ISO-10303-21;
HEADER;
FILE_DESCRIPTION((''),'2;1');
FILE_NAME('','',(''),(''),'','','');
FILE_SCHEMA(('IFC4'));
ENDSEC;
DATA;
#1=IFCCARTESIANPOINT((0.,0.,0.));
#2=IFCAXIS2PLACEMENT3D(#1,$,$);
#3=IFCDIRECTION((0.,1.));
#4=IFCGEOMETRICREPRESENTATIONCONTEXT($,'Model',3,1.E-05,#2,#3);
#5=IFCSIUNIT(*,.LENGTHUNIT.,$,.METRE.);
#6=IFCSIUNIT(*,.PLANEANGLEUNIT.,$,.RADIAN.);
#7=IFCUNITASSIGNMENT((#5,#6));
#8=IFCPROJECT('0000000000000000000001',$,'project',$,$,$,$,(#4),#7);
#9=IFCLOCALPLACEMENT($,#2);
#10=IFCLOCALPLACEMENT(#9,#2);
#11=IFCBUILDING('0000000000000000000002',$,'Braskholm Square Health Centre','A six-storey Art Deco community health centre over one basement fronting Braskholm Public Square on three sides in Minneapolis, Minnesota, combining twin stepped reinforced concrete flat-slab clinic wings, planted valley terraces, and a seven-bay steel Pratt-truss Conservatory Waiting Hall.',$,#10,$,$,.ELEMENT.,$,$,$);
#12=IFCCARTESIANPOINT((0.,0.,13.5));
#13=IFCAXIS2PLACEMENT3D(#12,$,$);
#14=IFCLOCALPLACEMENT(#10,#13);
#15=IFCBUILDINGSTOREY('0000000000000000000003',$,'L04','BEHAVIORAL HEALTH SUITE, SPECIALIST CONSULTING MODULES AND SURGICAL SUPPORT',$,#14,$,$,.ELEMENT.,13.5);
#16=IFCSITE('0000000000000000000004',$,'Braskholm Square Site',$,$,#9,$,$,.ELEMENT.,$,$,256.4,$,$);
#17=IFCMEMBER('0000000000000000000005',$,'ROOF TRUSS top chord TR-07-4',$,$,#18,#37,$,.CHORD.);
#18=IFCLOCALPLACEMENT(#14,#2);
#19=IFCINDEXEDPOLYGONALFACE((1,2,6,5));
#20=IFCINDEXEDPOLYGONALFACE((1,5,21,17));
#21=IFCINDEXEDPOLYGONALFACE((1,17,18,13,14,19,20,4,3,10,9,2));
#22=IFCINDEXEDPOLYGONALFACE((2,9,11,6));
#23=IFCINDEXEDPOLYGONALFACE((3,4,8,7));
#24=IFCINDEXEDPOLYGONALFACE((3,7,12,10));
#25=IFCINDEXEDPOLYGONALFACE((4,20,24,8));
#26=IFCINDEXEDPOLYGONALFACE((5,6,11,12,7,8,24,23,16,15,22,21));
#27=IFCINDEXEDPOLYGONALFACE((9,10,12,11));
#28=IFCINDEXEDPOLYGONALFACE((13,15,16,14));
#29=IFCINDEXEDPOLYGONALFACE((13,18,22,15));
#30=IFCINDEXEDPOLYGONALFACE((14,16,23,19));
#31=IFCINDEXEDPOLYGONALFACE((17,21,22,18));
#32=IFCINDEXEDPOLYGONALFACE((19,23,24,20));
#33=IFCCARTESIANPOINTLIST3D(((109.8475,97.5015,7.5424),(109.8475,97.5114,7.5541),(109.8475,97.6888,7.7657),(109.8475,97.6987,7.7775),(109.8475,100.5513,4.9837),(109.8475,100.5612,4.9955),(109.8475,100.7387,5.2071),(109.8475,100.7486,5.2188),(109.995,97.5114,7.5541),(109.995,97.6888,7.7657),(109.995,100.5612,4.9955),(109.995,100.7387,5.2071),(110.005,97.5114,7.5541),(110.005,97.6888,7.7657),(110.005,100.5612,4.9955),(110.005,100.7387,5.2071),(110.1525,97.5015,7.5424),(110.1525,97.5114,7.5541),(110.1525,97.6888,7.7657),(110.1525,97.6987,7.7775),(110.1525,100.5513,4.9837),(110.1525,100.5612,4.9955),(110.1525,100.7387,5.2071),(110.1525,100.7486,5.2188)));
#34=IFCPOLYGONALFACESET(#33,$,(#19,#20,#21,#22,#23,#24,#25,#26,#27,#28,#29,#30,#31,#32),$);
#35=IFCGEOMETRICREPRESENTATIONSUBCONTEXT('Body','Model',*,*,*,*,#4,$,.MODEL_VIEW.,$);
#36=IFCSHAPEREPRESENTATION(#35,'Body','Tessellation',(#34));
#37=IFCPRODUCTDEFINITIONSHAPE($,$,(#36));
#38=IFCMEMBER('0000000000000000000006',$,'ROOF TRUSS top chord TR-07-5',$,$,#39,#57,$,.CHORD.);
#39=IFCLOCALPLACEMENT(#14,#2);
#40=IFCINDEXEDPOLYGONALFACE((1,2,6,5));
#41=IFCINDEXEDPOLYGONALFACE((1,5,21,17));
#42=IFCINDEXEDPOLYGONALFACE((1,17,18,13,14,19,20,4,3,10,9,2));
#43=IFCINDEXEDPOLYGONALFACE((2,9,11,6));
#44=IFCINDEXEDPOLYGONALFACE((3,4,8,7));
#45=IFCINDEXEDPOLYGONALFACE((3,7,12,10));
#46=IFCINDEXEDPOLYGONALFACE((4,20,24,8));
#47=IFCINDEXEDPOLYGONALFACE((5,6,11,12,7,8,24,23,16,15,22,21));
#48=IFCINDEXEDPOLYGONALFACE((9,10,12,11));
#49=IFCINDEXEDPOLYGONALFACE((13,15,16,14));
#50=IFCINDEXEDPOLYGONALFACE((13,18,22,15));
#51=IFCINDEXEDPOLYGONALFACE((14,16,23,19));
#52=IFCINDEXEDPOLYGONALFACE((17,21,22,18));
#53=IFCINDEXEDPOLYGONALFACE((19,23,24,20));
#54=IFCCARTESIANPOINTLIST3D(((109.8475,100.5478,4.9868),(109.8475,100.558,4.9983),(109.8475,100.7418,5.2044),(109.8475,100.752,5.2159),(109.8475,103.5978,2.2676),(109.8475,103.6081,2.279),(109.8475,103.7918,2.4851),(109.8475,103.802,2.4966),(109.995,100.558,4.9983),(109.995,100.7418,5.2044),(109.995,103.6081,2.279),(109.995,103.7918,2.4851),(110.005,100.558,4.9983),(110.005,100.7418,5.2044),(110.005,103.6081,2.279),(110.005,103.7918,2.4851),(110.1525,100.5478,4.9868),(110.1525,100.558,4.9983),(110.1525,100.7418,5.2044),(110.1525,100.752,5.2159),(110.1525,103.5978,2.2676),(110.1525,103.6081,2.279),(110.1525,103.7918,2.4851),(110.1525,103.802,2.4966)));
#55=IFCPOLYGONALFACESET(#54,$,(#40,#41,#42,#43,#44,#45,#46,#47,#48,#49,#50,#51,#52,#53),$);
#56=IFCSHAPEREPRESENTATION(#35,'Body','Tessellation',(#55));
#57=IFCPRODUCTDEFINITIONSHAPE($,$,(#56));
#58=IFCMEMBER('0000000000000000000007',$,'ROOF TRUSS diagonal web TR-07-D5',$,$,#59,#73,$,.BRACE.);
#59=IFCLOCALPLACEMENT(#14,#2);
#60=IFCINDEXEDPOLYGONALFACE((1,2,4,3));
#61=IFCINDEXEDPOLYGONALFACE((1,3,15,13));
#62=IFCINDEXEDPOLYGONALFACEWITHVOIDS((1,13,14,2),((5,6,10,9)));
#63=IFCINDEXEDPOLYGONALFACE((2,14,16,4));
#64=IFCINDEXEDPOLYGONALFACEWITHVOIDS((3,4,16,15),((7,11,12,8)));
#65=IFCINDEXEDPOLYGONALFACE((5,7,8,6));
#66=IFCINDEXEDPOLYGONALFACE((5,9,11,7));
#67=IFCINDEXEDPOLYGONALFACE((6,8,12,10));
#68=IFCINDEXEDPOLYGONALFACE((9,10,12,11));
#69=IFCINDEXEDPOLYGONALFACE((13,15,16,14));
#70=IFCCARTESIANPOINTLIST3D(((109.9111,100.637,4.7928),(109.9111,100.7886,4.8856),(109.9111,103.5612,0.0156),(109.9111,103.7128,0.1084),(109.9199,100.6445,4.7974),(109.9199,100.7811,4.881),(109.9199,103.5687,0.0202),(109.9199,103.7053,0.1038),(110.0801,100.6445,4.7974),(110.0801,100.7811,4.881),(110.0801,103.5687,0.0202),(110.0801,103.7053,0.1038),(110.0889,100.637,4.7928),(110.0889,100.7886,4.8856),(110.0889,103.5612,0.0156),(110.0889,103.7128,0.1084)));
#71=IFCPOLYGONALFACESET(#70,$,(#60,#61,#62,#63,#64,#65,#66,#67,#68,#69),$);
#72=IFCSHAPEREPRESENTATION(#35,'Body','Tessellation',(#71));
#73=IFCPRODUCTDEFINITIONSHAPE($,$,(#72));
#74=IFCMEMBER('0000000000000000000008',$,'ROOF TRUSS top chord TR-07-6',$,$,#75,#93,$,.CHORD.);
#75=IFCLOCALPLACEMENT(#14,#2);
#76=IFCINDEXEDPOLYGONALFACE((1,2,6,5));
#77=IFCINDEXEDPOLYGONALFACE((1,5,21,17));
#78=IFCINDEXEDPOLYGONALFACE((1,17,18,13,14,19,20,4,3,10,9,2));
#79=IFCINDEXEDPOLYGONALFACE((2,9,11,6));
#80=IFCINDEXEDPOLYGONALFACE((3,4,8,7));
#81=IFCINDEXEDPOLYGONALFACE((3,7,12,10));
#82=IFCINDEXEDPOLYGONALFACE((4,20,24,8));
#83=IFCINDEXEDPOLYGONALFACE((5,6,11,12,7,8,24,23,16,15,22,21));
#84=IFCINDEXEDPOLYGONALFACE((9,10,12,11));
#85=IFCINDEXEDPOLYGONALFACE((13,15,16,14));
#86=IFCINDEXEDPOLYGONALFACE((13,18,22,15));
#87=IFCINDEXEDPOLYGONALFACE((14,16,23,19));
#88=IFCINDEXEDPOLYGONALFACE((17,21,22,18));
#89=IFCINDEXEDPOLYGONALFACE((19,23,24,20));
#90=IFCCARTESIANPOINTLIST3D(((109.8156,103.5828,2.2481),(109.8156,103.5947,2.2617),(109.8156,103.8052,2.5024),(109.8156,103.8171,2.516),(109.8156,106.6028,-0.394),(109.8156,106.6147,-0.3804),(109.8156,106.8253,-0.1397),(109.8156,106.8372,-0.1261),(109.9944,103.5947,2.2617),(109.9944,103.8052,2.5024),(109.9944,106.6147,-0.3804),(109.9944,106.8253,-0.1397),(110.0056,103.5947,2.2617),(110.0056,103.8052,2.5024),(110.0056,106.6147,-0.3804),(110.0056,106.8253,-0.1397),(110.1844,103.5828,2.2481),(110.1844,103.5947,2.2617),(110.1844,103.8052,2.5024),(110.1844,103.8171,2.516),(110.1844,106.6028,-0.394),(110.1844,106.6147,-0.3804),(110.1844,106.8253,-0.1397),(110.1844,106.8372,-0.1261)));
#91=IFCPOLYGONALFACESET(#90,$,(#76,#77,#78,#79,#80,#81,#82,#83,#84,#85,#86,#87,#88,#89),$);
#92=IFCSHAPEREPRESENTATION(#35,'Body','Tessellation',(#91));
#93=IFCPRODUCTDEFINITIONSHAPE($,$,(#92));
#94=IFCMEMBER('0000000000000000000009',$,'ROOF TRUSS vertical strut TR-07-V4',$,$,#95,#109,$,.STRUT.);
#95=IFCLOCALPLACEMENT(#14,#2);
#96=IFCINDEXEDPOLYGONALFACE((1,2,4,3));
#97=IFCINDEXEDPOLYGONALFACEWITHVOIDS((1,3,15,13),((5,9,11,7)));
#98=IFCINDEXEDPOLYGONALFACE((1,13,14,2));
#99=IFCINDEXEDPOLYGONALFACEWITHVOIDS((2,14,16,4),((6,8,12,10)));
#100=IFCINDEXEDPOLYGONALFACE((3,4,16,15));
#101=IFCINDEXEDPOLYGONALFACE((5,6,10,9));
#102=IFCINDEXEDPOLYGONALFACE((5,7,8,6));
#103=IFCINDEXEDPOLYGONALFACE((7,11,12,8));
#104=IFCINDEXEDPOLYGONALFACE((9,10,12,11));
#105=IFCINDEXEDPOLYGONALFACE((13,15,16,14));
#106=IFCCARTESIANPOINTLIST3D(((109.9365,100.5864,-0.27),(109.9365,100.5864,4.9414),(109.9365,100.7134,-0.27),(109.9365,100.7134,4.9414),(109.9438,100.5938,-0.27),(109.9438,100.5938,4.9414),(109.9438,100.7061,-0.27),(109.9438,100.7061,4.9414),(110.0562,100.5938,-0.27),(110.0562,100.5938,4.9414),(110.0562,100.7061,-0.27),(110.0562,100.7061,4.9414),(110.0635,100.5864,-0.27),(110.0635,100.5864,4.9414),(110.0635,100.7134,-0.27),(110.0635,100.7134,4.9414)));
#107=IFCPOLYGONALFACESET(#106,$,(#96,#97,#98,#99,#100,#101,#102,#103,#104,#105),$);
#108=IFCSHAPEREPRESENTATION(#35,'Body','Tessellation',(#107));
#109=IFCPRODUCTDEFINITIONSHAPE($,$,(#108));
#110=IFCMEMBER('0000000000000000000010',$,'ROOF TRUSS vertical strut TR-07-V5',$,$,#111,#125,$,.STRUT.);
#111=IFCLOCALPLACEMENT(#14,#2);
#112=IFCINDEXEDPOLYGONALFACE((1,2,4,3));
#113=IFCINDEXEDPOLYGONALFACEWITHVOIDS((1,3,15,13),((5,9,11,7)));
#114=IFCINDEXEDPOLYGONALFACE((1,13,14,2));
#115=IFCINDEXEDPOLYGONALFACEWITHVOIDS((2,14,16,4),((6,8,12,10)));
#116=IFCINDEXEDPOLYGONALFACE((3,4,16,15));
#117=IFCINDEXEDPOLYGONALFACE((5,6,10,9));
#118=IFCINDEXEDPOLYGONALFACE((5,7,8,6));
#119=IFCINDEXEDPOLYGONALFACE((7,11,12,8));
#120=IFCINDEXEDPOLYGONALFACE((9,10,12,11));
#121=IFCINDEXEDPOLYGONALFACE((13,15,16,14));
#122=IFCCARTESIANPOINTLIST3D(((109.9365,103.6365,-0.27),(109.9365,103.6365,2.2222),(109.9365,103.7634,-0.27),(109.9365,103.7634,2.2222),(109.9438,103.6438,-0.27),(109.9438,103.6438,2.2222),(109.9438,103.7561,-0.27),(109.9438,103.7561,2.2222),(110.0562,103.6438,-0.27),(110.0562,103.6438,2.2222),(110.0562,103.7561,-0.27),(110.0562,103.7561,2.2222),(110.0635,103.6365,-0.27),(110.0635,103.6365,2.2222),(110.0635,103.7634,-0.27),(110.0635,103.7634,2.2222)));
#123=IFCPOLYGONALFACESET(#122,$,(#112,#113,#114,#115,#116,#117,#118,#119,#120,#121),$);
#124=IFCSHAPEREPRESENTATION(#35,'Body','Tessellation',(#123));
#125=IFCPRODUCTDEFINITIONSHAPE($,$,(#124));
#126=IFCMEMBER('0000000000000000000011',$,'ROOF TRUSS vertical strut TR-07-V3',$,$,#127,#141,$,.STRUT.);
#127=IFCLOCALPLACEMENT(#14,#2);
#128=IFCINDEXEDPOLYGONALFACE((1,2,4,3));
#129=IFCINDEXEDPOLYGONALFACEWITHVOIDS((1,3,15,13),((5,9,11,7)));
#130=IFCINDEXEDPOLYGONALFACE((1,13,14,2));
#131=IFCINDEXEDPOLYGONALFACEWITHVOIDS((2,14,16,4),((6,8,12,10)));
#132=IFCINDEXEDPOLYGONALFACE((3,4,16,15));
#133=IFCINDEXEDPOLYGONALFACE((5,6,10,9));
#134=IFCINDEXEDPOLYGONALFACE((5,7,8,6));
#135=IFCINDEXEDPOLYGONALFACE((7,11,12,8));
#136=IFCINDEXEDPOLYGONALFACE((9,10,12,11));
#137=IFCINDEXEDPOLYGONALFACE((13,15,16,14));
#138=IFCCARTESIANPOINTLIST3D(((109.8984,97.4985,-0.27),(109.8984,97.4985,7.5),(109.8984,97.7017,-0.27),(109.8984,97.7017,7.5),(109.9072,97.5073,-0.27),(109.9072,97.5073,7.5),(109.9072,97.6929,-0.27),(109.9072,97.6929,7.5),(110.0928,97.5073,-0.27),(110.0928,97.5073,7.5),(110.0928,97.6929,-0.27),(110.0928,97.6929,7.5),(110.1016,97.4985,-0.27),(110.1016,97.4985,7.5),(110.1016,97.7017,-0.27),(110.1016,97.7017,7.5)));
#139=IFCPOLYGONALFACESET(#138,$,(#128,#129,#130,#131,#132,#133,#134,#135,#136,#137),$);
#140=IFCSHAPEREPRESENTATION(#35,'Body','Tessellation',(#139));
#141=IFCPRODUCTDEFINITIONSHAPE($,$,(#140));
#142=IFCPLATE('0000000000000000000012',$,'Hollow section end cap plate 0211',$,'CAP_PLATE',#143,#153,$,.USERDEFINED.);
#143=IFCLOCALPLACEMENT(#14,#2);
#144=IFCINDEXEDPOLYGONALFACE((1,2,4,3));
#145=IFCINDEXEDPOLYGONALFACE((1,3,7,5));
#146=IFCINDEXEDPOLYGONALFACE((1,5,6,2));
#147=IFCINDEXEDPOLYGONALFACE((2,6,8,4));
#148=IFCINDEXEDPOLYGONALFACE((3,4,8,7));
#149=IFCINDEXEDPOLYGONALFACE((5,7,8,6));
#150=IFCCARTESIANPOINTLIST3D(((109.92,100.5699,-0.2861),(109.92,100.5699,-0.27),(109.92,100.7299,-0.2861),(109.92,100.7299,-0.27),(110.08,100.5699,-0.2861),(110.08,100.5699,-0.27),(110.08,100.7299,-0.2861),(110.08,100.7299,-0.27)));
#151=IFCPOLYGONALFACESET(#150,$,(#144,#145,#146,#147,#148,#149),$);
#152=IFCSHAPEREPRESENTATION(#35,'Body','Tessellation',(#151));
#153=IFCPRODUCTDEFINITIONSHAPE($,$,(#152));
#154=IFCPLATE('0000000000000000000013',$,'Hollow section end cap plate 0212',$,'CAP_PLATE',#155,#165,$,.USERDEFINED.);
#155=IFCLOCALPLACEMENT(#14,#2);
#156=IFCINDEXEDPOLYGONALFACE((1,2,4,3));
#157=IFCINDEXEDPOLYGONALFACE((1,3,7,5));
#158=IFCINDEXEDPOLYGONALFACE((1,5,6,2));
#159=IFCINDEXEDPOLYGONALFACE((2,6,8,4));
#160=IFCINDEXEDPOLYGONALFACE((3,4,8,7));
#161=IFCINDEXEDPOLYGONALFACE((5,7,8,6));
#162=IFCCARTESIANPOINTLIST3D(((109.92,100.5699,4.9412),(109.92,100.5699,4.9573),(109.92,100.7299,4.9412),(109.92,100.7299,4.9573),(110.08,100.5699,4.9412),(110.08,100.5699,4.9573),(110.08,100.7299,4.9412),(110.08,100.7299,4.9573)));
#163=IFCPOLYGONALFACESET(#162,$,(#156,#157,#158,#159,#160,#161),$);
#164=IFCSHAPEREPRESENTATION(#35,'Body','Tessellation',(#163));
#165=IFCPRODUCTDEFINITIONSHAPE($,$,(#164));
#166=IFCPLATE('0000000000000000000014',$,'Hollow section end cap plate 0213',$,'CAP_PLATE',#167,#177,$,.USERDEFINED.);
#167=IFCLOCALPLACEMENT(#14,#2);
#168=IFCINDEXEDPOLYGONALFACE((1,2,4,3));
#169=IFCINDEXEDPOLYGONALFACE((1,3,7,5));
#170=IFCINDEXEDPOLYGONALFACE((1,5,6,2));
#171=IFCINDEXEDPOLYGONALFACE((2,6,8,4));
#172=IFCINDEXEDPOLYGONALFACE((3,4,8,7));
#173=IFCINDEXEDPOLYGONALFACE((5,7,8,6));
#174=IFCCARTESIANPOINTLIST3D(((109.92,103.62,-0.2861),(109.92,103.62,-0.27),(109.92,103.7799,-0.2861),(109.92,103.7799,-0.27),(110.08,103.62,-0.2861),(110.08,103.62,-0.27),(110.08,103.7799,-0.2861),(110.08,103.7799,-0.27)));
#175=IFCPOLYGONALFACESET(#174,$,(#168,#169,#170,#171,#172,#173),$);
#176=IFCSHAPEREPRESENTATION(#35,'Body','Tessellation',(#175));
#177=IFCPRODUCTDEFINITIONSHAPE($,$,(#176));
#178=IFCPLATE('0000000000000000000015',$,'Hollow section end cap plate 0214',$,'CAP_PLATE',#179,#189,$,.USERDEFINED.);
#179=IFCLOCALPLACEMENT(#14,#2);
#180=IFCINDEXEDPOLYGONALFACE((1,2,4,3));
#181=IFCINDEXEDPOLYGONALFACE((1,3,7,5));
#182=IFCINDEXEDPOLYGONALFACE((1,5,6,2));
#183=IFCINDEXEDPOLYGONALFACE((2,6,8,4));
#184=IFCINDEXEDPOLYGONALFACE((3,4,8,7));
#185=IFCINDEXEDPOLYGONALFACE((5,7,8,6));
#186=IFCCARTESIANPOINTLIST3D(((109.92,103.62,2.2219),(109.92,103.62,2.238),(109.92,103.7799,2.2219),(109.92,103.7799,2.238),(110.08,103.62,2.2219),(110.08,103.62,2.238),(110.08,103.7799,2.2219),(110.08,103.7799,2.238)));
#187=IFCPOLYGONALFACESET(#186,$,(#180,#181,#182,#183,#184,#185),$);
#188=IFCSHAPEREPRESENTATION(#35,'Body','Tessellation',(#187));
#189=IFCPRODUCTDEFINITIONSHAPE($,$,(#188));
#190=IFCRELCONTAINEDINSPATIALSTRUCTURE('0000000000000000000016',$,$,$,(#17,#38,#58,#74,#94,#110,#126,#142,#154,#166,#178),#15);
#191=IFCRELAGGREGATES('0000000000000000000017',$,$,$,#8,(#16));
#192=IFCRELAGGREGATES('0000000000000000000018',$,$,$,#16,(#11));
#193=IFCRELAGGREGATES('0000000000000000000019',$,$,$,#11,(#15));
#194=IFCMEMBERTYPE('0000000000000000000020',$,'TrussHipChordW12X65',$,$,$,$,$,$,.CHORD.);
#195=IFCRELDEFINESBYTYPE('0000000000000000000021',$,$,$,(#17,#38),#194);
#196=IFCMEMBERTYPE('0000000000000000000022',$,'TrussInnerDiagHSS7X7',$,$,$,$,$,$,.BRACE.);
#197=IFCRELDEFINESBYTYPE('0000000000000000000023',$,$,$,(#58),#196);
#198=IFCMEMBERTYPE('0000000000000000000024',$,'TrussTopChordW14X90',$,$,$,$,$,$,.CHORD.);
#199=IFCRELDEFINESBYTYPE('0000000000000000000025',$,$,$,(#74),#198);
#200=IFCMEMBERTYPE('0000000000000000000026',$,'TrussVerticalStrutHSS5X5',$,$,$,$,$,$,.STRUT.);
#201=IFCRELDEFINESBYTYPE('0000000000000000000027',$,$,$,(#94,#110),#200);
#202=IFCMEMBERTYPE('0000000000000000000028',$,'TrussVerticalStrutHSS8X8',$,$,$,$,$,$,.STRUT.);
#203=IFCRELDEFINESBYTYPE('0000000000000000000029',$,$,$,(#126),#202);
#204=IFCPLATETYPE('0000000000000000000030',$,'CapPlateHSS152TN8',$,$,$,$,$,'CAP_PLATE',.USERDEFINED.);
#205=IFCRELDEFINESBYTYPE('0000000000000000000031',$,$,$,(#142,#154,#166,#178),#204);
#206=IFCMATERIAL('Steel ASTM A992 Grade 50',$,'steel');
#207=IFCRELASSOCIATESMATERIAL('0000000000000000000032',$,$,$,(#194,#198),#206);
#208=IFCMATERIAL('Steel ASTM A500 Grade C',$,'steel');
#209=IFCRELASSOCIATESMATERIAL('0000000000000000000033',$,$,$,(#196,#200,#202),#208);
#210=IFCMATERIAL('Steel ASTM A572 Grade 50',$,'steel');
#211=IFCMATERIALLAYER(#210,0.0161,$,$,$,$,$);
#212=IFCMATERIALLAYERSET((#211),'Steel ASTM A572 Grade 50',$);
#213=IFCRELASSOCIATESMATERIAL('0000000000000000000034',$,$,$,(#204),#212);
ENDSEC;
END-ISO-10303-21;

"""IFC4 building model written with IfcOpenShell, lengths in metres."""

from ifc_helpers import new_model, si_unit, direction, frame, origin, origin_2d, place, context, subcontext, project, spatial, rectangle, hollow_rectangle, i_section, extrude, material, layer, layer_set, material_profile, profile_set, type_object, element, save


model = new_model("IFC4")

# Units and contexts
model_context = context("Model", 3, precision=1e-05, world=origin(), true_north=direction((0.0, 1.0)))
body_context = subcontext(model_context, "Body", "Model", "MODEL_VIEW")
ifc_project = project(units=[si_unit("LENGTHUNIT", "METRE"), si_unit("PLANEANGLEUNIT", "RADIAN")], contexts=[model_context])

# Site, building, storey
site_placement = place(None, origin())
site = spatial("IfcSite", under=ifc_project, at=site_placement, Name="Braskholm Square Site", CompositionType="ELEMENT", RefElevation=256.4)
building_placement = place(site_placement, origin())
building = spatial("IfcBuilding", under=site, at=building_placement, Name="Braskholm Square Health Centre", Description="A six-storey Art Deco community health centre over one basement fronting Braskholm Public Square on three sides in Minneapolis, Minnesota, combining twin stepped reinforced concrete flat-slab clinic wings, planted valley terraces, and a seven-bay steel Pratt-truss Conservatory Waiting Hall.", CompositionType="ELEMENT")
storey_placement = place(building_placement, frame((0.0, 0.0, 13.5)))
storey = spatial("IfcBuildingStorey", under=building, at=storey_placement, Name="L04", Description="BEHAVIORAL HEALTH SUITE, SPECIALIST CONSULTING MODULES AND SURGICAL SUPPORT", CompositionType="ELEMENT", Elevation=13.5)

# Shared definitions
ifc_material_1 = material(Name="Steel ASTM A500 Grade C", Category="steel")

# Shared definitions
ifc_material_2 = material(Name="Steel ASTM A992 Grade 50", Category="steel")

# Members
ifc_material_profile_1 = material_profile(ifc_material_2, i_section(OverallWidth=0.3049, OverallDepth=0.3069, WebThickness=0.01, FlangeThickness=0.0154, at=origin_2d()), Name="W12X65")
ifc_profile_set_1 = profile_set([ifc_material_profile_1], Name="Steel ASTM A992 Grade 50")
member_type_1 = type_object("IfcMemberType", Name="TrussHipChordW12X65", PredefinedType="CHORD", material=ifc_profile_set_1)
member_1_placement = place(storey_placement, frame((110.0, 97.6001, 7.6599), z_axis=(0.0, 0.766106, -0.642714), x_axis=(-1.0, 0.0, 0.0)))
element("IfcMember", 1, at=member_1_placement, inside=storey, type_object=member_type_1, Name="ROOF TRUSS top chord TR-07-4", PredefinedType="CHORD", context=body_context, shape_type="SweptSolid", body=[
    extrude(i_section(OverallWidth=0.3049, OverallDepth=0.3069, WebThickness=0.01, FlangeThickness=0.0154, at=origin_2d()), origin(), (0.0, 0.0, 1.0), 3.981),
])
member_2_placement = place(storey_placement, frame((110.0, 100.6499, 5.1013), z_axis=(0.0, 0.746426, -0.665468), x_axis=(-1.0, 0.0, 0.0)))
element("IfcMember", 2, at=member_2_placement, inside=storey, type_object=member_type_1, Name="ROOF TRUSS top chord TR-07-5", PredefinedType="CHORD", context=body_context, shape_type="SweptSolid", body=[
    extrude(i_section(OverallWidth=0.3049, OverallDepth=0.3069, WebThickness=0.01, FlangeThickness=0.0154, at=origin_2d()), origin(), (0.0, 0.0, 1.0), 4.0862),
])
ifc_material_profile_2 = material_profile(ifc_material_1, hollow_rectangle(XDim=0.1777, YDim=0.1777, WallThickness=0.0088, at=origin_2d()), Name="HSS7X7X3/8")
ifc_profile_set_2 = profile_set([ifc_material_profile_2], Name="Steel ASTM A500 Grade C")
member_type_2 = type_object("IfcMemberType", Name="TrussInnerDiagHSS7X7", PredefinedType="BRACE", material=ifc_profile_set_2)
member_3_placement = place(storey_placement, frame((110.0, 103.637, 0.062), z_axis=(0.0, -0.522065, 0.852906), x_axis=(1.0, 0.0, 0.0)))
element("IfcMember", 3, at=member_3_placement, inside=storey, type_object=member_type_2, Name="ROOF TRUSS diagonal web TR-07-D5", PredefinedType="BRACE", context=body_context, shape_type="SweptSolid", body=[
    extrude(hollow_rectangle(XDim=0.1777, YDim=0.1777, WallThickness=0.0088, at=origin_2d()), origin(), (0.0, 0.0, 1.0), 5.6011),
])
ifc_material_profile_3 = material_profile(ifc_material_2, i_section(OverallWidth=0.3689, OverallDepth=0.356, WebThickness=0.0112, FlangeThickness=0.0181, at=origin_2d()), Name="W14X90")
ifc_profile_set_3 = profile_set([ifc_material_profile_3], Name="Steel ASTM A992 Grade 50")
member_type_3 = type_object("IfcMemberType", Name="TrussTopChordW14X90", PredefinedType="CHORD", material=ifc_profile_set_3)
member_4_placement = place(storey_placement, frame((110.0, 103.7, 2.3821), z_axis=(0.0, 0.752629, -0.658444), x_axis=(-1.0, 0.0, 0.0)))
element("IfcMember", 4, at=member_4_placement, inside=storey, type_object=member_type_3, Name="ROOF TRUSS top chord TR-07-6", PredefinedType="CHORD", context=body_context, shape_type="SweptSolid", body=[
    extrude(i_section(OverallWidth=0.3689, OverallDepth=0.356, WebThickness=0.0112, FlangeThickness=0.0181, at=origin_2d()), origin(), (0.0, 0.0, 1.0), 4.0127),
])
ifc_material_profile_4 = material_profile(ifc_material_1, hollow_rectangle(XDim=0.127, YDim=0.127, WallThickness=0.0073, at=origin_2d()), Name="HSS5X5X5/16")
ifc_profile_set_4 = profile_set([ifc_material_profile_4], Name="Steel ASTM A500 Grade C")
member_type_4 = type_object("IfcMemberType", Name="TrussVerticalStrutHSS5X5", PredefinedType="STRUT", material=ifc_profile_set_4)
member_5_placement = place(storey_placement, frame((110.0, 100.6499, -0.27), z_axis=(0.0, 0.0, 1.0), x_axis=(1.0, 0.0, 0.0)))
element("IfcMember", 5, at=member_5_placement, inside=storey, type_object=member_type_4, Name="ROOF TRUSS vertical strut TR-07-V4", PredefinedType="STRUT", context=body_context, shape_type="SweptSolid", body=[
    extrude(hollow_rectangle(XDim=0.127, YDim=0.127, WallThickness=0.0073, at=origin_2d()), origin(), (0.0, 0.0, 1.0), 5.2114),
])
member_6_placement = place(storey_placement, frame((110.0, 103.7, -0.27), z_axis=(0.0, 0.0, 1.0), x_axis=(1.0, 0.0, 0.0)))
element("IfcMember", 6, at=member_6_placement, inside=storey, type_object=member_type_4, Name="ROOF TRUSS vertical strut TR-07-V5", PredefinedType="STRUT", context=body_context, shape_type="SweptSolid", body=[
    extrude(hollow_rectangle(XDim=0.127, YDim=0.127, WallThickness=0.0073, at=origin_2d()), origin(), (0.0, 0.0, 1.0), 2.4922),
])
ifc_material_profile_5 = material_profile(ifc_material_1, hollow_rectangle(XDim=0.2031, YDim=0.2031, WallThickness=0.0088, at=origin_2d()), Name="HSS8X8X3/8")
ifc_profile_set_5 = profile_set([ifc_material_profile_5], Name="Steel ASTM A500 Grade C")
member_type_5 = type_object("IfcMemberType", Name="TrussVerticalStrutHSS8X8", PredefinedType="STRUT", material=ifc_profile_set_5)
member_7_placement = place(storey_placement, frame((110.0, 97.6001, -0.27), z_axis=(0.0, 0.0, 1.0), x_axis=(1.0, 0.0, 0.0)))
element("IfcMember", 7, at=member_7_placement, inside=storey, type_object=member_type_5, Name="ROOF TRUSS vertical strut TR-07-V3", PredefinedType="STRUT", context=body_context, shape_type="SweptSolid", body=[
    extrude(hollow_rectangle(XDim=0.2031, YDim=0.2031, WallThickness=0.0088, at=origin_2d()), origin(), (0.0, 0.0, 1.0), 7.77),
])

# Plates
ifc_material_3 = material(Name="Steel ASTM A572 Grade 50", Category="steel")
ifc_layer_1 = layer(ifc_material_3, 0.0161)
ifc_layer_set_1 = layer_set([ifc_layer_1], Name="Steel ASTM A572 Grade 50")
plate_type_1 = type_object("IfcPlateType", Name="CapPlateHSS152TN8", ElementType="CAP_PLATE", PredefinedType="USERDEFINED", material=ifc_layer_set_1)
for number, where, z_axis, x_axis, name in (
    (8, (110.0, 100.6499, -0.2861), (0.0, 0.0, 1.0), (1.0, 0.0, 0.0), "Hollow section end cap plate 0211"),
    (9, (110.0, 100.6499, 4.9412), (0.0, 0.0, 1.0), (1.0, 0.0, 0.0), "Hollow section end cap plate 0212"),
    (10, (110.0, 103.7, -0.2861), (0.0, 0.0, 1.0), (1.0, 0.0, 0.0), "Hollow section end cap plate 0213"),
    (11, (110.0, 103.7, 2.2219), (0.0, 0.0, 1.0), (1.0, 0.0, 0.0), "Hollow section end cap plate 0214"),
):
    element("IfcPlate", number, at=place(storey_placement, frame(where, z_axis=z_axis, x_axis=x_axis)), inside=storey, type_object=plate_type_1, Name=name, ObjectType="CAP_PLATE", PredefinedType="USERDEFINED", context=body_context, shape_type="SweptSolid", body=[
        extrude(rectangle(XDim=0.1599, YDim=0.1599, at=origin_2d()), origin(), (0.0, 0.0, 1.0), 0.0161),
    ])

save(model, "model.ifc")
